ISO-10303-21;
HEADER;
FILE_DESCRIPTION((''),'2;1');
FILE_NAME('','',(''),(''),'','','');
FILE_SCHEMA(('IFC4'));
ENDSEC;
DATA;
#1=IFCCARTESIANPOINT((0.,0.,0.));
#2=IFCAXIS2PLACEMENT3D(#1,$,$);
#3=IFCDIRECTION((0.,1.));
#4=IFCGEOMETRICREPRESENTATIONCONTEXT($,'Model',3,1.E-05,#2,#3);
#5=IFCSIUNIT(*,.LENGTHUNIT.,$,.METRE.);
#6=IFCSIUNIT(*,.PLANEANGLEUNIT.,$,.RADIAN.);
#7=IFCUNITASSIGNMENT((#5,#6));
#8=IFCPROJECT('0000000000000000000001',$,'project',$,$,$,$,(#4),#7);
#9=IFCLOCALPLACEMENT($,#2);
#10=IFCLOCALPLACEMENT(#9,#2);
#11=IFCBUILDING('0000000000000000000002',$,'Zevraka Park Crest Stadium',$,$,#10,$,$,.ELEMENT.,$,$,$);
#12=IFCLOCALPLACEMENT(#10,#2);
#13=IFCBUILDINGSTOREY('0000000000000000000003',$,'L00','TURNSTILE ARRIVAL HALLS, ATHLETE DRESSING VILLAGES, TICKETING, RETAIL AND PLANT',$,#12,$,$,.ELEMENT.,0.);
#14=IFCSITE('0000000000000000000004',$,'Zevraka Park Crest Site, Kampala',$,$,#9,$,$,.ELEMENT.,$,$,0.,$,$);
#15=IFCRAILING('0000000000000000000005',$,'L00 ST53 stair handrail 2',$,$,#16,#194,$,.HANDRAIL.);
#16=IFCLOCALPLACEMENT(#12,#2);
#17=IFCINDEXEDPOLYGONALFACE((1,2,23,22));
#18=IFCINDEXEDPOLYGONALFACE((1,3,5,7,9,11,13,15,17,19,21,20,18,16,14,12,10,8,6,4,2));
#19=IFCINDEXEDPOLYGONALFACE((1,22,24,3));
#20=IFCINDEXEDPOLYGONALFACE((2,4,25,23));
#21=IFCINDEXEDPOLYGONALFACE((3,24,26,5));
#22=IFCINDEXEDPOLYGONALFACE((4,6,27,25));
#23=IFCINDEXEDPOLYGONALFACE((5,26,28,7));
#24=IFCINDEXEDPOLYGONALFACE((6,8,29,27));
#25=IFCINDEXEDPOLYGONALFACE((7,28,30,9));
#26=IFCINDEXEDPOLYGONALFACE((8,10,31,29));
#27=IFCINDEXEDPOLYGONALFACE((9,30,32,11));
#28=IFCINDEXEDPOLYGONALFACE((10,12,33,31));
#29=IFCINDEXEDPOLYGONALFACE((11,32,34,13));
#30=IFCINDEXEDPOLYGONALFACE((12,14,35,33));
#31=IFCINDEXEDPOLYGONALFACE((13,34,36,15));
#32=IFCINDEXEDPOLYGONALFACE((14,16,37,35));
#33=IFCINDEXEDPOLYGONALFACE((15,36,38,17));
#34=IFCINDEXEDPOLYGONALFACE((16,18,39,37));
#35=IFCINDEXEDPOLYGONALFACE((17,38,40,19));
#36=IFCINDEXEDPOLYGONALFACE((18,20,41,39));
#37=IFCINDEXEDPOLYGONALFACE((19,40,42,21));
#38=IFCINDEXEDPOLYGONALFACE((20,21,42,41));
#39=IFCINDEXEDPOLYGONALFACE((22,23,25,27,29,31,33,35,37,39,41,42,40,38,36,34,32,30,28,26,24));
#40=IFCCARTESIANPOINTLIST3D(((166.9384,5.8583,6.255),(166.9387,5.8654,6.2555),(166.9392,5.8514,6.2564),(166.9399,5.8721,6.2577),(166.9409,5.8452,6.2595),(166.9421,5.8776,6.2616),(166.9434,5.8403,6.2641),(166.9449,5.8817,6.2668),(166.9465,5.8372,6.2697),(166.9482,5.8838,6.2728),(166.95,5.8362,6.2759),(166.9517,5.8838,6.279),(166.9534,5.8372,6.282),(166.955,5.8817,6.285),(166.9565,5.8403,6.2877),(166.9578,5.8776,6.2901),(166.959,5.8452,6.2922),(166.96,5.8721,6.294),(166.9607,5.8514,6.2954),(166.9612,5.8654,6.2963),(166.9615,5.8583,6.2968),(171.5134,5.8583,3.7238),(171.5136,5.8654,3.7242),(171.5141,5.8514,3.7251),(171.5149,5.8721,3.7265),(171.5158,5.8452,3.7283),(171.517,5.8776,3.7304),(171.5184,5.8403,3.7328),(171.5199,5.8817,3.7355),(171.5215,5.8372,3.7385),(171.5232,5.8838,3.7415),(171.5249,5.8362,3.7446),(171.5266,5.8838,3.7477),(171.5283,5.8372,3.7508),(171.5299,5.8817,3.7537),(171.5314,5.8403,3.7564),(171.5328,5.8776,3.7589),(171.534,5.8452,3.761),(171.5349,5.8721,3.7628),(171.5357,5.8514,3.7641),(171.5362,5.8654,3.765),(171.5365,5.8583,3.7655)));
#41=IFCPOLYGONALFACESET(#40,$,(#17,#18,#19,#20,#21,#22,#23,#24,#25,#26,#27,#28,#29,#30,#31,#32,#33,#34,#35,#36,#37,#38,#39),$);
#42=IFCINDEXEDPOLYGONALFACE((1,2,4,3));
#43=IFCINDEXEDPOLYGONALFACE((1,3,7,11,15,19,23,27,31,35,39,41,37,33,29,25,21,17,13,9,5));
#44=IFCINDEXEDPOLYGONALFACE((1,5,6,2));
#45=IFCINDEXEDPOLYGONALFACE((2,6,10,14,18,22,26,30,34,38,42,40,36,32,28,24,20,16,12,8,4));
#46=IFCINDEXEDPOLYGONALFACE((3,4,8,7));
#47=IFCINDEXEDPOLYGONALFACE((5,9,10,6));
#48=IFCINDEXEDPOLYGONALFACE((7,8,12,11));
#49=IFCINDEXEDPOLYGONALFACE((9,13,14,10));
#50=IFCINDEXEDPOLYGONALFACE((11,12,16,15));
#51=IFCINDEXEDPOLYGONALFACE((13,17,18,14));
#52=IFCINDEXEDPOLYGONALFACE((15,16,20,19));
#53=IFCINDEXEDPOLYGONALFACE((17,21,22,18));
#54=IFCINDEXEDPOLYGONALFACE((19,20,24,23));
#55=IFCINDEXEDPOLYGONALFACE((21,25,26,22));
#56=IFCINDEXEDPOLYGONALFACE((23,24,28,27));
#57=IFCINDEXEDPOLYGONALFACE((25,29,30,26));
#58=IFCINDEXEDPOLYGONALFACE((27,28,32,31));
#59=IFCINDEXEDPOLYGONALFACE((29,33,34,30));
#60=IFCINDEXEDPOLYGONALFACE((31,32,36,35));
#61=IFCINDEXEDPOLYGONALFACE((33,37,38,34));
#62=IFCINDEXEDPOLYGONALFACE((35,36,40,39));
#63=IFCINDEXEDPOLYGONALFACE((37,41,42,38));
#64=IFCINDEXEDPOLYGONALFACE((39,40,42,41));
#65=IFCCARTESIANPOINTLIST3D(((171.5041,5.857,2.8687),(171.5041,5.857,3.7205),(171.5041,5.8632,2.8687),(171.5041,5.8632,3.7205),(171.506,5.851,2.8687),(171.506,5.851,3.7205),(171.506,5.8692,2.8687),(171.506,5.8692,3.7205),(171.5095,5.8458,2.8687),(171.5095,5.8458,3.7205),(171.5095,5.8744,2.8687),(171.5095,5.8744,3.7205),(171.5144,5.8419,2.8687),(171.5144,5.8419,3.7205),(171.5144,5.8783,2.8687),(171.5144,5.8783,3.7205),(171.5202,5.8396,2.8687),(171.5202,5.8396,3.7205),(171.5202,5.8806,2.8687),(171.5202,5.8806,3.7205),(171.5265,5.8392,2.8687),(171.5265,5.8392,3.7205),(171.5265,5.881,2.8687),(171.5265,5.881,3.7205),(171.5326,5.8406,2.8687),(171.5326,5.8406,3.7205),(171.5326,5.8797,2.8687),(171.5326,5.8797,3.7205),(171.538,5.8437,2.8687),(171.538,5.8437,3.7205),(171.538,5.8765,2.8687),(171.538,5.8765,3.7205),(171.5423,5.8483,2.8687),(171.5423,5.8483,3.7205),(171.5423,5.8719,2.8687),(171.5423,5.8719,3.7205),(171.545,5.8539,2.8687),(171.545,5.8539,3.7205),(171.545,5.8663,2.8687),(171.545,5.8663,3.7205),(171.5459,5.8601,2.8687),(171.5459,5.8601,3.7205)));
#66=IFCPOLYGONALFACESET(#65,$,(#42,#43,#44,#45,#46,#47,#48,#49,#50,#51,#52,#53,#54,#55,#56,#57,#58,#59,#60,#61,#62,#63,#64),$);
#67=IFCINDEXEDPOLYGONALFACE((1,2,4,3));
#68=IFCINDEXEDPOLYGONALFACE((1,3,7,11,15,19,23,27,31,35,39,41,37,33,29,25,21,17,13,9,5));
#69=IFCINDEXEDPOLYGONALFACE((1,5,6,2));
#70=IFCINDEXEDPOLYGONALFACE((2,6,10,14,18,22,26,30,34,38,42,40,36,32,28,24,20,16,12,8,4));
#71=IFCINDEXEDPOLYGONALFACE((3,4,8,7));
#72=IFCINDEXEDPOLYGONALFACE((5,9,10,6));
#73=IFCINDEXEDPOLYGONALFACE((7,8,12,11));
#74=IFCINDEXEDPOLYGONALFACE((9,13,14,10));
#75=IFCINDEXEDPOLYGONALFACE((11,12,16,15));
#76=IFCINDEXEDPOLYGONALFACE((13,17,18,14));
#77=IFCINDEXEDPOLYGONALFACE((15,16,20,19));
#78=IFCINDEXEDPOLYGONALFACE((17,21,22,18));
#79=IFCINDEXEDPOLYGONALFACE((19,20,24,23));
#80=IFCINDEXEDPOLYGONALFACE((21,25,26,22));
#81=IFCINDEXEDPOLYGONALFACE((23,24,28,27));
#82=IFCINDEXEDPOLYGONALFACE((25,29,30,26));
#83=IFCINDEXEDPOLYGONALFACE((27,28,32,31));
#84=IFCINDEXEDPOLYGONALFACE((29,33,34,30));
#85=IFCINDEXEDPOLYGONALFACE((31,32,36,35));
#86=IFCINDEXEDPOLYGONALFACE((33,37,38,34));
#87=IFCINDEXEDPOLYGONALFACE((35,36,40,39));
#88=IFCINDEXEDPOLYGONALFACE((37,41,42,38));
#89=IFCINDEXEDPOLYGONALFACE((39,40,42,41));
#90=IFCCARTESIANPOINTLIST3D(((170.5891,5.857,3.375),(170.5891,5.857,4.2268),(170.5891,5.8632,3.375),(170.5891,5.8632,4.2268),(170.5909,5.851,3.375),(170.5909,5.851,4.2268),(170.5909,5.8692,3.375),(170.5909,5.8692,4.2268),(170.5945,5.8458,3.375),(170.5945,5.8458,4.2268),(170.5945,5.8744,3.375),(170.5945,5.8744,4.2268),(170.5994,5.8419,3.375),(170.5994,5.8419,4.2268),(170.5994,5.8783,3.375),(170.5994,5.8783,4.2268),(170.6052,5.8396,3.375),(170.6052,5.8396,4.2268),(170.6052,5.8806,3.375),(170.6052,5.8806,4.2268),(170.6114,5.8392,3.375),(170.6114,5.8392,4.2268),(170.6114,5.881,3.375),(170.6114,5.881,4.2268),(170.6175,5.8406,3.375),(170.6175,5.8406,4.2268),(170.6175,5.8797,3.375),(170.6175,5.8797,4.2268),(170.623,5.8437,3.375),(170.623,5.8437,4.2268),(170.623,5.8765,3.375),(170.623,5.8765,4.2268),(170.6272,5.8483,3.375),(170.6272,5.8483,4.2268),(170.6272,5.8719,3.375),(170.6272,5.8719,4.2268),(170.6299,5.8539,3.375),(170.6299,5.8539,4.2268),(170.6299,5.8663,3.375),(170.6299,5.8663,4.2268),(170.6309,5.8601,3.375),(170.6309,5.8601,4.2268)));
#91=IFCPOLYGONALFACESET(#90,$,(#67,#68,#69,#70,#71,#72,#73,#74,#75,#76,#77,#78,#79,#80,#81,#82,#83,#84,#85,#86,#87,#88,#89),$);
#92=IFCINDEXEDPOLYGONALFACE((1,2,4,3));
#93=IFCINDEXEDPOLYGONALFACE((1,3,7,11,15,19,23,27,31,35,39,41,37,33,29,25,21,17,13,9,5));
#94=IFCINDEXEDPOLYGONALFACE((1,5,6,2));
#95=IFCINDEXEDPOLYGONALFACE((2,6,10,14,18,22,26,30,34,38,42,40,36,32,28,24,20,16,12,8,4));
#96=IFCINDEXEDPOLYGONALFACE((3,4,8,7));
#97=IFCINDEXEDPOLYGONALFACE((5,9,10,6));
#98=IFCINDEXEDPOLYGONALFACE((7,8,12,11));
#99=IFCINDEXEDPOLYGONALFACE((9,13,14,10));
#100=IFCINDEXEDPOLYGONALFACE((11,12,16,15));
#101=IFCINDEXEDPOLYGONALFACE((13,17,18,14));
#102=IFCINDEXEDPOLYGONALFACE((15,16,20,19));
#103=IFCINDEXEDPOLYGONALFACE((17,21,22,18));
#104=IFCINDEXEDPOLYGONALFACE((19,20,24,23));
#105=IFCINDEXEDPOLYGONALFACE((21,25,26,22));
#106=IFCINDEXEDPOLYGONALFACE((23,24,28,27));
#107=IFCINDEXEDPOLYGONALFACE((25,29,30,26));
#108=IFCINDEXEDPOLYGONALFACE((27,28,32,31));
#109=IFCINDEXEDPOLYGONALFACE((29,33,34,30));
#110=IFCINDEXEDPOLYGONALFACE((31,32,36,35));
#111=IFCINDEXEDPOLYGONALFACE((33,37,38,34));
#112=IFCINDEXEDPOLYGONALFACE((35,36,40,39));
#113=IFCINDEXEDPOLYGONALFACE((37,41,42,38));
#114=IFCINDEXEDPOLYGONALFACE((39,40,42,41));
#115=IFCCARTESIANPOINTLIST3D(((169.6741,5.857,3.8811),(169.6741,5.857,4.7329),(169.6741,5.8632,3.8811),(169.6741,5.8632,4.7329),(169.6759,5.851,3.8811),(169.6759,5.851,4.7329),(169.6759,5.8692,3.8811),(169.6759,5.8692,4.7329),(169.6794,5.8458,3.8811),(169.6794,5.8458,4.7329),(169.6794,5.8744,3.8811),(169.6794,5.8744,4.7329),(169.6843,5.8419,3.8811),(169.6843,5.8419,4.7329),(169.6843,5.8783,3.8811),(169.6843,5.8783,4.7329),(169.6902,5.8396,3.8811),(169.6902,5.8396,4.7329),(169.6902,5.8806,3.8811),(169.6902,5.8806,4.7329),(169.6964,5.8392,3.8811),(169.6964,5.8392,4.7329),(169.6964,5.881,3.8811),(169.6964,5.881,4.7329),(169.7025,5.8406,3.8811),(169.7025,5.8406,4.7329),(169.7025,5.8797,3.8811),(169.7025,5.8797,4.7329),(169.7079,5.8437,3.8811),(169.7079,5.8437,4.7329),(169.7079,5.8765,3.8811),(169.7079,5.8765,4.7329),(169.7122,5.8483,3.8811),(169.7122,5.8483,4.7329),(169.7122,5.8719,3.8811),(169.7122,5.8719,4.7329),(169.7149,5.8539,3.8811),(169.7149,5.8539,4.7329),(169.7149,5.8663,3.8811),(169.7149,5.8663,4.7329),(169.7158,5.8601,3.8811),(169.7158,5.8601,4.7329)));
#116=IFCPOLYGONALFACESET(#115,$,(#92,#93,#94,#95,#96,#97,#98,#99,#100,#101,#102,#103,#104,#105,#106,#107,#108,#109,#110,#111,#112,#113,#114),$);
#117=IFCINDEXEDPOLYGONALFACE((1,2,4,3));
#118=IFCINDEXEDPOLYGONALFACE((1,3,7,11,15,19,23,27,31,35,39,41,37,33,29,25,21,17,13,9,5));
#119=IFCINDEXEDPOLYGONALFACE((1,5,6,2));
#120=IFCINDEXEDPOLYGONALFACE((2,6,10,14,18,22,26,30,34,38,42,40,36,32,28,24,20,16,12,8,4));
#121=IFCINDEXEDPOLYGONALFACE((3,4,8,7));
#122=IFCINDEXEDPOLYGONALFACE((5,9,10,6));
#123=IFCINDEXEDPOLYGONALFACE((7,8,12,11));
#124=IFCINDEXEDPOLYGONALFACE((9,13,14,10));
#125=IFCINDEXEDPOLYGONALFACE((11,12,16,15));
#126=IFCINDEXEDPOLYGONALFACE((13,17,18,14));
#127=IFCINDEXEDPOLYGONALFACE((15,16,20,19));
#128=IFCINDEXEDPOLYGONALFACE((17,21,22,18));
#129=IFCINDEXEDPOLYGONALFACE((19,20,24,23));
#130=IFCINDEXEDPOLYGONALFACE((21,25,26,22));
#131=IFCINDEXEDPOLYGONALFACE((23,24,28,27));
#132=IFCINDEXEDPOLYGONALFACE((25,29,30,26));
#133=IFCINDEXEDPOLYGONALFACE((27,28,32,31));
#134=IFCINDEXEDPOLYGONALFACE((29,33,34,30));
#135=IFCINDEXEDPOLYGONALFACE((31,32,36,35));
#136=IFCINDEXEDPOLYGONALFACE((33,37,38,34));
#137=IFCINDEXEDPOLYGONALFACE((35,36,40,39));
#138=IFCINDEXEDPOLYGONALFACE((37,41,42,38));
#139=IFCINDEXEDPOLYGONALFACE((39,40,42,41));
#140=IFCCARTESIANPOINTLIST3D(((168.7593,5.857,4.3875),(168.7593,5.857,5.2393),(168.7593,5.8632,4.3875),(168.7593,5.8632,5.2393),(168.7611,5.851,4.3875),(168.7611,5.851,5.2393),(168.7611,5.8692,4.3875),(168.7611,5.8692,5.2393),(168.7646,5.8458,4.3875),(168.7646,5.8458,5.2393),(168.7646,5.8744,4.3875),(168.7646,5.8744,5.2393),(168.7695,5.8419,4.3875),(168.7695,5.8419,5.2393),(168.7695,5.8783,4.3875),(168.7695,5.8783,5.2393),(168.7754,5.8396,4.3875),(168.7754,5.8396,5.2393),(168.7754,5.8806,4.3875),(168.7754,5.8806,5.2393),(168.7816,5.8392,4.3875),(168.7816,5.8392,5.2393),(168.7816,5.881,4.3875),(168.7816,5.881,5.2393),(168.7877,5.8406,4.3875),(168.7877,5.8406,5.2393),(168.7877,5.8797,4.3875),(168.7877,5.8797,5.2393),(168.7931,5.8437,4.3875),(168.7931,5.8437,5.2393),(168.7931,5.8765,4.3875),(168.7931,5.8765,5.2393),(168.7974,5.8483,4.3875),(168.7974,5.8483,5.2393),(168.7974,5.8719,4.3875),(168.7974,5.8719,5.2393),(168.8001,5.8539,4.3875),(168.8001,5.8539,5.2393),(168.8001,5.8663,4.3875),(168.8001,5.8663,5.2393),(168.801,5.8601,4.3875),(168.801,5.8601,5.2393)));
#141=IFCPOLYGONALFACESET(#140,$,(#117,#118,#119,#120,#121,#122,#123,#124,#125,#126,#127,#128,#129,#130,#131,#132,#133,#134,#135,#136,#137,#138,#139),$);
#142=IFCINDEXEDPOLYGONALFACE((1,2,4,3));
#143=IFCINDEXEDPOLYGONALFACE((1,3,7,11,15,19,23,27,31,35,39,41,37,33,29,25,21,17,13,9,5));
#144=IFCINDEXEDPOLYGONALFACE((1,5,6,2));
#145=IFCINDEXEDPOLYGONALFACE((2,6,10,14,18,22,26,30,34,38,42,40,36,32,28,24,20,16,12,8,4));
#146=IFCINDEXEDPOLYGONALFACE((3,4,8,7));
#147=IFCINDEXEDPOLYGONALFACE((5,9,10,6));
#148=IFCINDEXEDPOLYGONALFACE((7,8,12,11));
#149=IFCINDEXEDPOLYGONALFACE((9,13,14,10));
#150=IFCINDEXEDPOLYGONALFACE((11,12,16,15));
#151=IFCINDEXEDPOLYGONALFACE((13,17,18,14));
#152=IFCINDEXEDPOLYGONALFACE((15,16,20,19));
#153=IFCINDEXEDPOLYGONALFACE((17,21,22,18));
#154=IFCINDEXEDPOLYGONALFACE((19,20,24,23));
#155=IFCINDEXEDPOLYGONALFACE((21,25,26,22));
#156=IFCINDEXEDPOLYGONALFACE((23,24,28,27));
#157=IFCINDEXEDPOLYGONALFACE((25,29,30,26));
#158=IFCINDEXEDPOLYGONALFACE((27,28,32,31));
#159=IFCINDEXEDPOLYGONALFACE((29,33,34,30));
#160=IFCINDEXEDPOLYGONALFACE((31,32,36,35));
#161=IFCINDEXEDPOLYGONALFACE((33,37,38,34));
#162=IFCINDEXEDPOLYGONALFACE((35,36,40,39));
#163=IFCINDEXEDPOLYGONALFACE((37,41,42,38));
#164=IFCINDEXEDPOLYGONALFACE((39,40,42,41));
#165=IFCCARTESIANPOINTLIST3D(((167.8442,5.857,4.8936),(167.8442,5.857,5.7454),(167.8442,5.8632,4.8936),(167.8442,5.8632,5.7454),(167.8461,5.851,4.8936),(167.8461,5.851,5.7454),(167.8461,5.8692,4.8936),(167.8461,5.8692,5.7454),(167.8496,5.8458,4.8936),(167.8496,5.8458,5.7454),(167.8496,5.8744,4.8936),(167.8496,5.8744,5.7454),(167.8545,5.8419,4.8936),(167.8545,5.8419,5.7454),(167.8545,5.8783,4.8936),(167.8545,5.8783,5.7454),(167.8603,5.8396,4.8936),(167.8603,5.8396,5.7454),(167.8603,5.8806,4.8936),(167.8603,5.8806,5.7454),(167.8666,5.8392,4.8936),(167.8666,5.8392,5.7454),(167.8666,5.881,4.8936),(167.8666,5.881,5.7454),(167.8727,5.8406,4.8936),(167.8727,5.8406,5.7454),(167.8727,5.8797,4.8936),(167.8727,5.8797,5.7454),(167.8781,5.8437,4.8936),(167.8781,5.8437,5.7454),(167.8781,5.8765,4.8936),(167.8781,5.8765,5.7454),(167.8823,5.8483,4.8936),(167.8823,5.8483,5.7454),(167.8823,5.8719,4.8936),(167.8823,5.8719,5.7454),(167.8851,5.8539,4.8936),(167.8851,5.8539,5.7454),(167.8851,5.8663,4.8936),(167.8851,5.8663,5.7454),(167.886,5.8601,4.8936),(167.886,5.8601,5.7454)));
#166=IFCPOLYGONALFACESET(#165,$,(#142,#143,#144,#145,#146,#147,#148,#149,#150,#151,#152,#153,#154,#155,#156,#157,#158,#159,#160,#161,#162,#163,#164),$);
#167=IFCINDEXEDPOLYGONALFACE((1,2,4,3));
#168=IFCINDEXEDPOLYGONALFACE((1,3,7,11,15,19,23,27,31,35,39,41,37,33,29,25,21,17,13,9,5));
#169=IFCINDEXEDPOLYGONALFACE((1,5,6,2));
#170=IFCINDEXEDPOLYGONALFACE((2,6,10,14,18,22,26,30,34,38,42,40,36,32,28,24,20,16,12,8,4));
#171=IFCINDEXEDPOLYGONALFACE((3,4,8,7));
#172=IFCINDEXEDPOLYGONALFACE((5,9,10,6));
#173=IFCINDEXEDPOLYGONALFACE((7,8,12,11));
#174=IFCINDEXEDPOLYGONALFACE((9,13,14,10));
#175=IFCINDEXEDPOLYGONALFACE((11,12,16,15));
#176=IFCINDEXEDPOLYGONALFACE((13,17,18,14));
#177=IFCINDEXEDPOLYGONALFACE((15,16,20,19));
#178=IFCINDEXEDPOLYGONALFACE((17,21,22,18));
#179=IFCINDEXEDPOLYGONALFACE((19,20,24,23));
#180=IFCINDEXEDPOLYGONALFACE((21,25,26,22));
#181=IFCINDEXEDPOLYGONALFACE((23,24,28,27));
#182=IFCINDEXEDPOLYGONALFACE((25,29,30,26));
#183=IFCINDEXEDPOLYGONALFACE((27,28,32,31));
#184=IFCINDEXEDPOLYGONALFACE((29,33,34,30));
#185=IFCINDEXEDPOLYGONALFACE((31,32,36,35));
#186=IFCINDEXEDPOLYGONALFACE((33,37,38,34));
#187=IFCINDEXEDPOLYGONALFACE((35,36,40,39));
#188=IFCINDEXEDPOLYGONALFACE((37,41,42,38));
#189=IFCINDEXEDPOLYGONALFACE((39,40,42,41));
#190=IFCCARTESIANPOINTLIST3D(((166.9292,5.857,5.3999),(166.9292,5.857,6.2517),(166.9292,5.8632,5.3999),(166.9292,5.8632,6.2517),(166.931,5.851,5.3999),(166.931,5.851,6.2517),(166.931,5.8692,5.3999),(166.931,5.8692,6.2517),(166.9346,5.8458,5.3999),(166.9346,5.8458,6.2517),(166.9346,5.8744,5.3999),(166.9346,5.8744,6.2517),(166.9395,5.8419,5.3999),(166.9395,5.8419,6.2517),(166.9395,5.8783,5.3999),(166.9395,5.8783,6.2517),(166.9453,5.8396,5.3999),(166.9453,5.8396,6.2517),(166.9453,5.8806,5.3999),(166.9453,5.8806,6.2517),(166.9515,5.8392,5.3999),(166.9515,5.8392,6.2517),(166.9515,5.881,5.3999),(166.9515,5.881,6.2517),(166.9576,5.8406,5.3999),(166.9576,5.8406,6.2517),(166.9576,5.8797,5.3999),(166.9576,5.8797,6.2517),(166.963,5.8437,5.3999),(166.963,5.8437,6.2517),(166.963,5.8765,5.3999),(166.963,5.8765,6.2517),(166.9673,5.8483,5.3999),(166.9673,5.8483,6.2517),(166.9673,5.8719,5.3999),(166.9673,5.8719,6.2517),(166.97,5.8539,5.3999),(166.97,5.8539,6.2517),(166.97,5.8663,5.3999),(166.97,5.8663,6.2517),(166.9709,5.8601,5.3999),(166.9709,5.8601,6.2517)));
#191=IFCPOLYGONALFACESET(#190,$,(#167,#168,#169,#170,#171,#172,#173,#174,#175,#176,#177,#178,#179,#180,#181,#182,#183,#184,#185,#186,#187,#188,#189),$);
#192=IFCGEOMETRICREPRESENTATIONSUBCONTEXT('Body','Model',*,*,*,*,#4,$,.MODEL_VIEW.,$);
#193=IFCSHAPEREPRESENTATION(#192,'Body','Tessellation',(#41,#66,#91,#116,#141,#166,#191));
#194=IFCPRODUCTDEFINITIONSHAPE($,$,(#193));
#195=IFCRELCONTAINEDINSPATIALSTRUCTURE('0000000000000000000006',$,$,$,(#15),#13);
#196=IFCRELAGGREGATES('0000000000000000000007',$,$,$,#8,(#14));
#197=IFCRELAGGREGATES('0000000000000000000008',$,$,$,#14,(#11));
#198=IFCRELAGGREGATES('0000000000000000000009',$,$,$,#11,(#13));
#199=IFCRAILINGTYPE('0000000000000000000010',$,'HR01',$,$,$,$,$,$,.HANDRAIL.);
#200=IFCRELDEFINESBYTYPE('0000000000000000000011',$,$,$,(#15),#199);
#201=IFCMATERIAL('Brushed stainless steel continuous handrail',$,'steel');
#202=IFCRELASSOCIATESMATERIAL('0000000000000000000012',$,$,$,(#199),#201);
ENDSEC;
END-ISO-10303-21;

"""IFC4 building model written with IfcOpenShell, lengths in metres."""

from ifc_helpers import new_model, si_unit, direction, frame, origin, origin_2d, place, context, subcontext, project, spatial, circle, extrude, material, type_object, element, save


model = new_model("IFC4")

# Units and contexts
model_context = context("Model", 3, precision=1e-05, world=origin(), true_north=direction((0.0, 1.0)))
body_context = subcontext(model_context, "Body", "Model", "MODEL_VIEW")
ifc_project = project(units=[si_unit("LENGTHUNIT", "METRE"), si_unit("PLANEANGLEUNIT", "RADIAN")], contexts=[model_context])

# Site, building, storey
site_placement = place(None, origin())
site = spatial("IfcSite", under=ifc_project, at=site_placement, Name="Zevraka Park Crest Site, Kampala", CompositionType="ELEMENT", RefElevation=0.0)
building_placement = place(site_placement, origin())
building = spatial("IfcBuilding", under=site, at=building_placement, Name="Zevraka Park Crest Stadium", CompositionType="ELEMENT")
storey_placement = place(building_placement, origin())
storey = spatial("IfcBuildingStorey", under=building, at=storey_placement, Name="L00", Description="TURNSTILE ARRIVAL HALLS, ATHLETE DRESSING VILLAGES, TICKETING, RETAIL AND PLANT", CompositionType="ELEMENT", Elevation=0.0)

# Railing
ifc_material_1 = material(Name="Brushed stainless steel continuous handrail", Category="steel")
railing_type = type_object("IfcRailingType", Name="HR01", PredefinedType="HANDRAIL", material=ifc_material_1)
railing_placement = place(storey_placement, frame((171.5249, 5.8601, 2.8687)))
element("IfcRailing", 1, at=railing_placement, inside=storey, type_object=railing_type, Name="L00 ST53 stair handrail 2", PredefinedType="HANDRAIL", context=body_context, shape_type="SweptSolid", body=[
    extrude(circle(Radius=0.0239, at=origin_2d()), frame((0.0, 0.0, 0.876), z_axis=(-0.875, 0.0, 0.484124), x_axis=(0.0, -1.0, 0.0)), (0.0, 0.0, 1.0), 5.2285),
    extrude(circle(Radius=0.021, at=origin_2d()), origin(), (0.0, 0.0, 1.0), 0.8518),
    extrude(circle(Radius=0.021, at=origin_2d()), frame((-0.915, 0.0, 0.5063)), (0.0, 0.0, 1.0), 0.8518),
    extrude(circle(Radius=0.021, at=origin_2d()), frame((-1.8301, 0.0, 1.0125)), (0.0, 0.0, 1.0), 0.8518),
    extrude(circle(Radius=0.021, at=origin_2d()), frame((-2.7449, 0.0, 1.5188)), (0.0, 0.0, 1.0), 0.8518),
    extrude(circle(Radius=0.021, at=origin_2d()), frame((-3.6599, 0.0, 2.0249)), (0.0, 0.0, 1.0), 0.8518),
    extrude(circle(Radius=0.021, at=origin_2d()), frame((-4.575, 0.0, 2.5312)), (0.0, 0.0, 1.0), 0.8518),
])

save(model, "model.ifc")
